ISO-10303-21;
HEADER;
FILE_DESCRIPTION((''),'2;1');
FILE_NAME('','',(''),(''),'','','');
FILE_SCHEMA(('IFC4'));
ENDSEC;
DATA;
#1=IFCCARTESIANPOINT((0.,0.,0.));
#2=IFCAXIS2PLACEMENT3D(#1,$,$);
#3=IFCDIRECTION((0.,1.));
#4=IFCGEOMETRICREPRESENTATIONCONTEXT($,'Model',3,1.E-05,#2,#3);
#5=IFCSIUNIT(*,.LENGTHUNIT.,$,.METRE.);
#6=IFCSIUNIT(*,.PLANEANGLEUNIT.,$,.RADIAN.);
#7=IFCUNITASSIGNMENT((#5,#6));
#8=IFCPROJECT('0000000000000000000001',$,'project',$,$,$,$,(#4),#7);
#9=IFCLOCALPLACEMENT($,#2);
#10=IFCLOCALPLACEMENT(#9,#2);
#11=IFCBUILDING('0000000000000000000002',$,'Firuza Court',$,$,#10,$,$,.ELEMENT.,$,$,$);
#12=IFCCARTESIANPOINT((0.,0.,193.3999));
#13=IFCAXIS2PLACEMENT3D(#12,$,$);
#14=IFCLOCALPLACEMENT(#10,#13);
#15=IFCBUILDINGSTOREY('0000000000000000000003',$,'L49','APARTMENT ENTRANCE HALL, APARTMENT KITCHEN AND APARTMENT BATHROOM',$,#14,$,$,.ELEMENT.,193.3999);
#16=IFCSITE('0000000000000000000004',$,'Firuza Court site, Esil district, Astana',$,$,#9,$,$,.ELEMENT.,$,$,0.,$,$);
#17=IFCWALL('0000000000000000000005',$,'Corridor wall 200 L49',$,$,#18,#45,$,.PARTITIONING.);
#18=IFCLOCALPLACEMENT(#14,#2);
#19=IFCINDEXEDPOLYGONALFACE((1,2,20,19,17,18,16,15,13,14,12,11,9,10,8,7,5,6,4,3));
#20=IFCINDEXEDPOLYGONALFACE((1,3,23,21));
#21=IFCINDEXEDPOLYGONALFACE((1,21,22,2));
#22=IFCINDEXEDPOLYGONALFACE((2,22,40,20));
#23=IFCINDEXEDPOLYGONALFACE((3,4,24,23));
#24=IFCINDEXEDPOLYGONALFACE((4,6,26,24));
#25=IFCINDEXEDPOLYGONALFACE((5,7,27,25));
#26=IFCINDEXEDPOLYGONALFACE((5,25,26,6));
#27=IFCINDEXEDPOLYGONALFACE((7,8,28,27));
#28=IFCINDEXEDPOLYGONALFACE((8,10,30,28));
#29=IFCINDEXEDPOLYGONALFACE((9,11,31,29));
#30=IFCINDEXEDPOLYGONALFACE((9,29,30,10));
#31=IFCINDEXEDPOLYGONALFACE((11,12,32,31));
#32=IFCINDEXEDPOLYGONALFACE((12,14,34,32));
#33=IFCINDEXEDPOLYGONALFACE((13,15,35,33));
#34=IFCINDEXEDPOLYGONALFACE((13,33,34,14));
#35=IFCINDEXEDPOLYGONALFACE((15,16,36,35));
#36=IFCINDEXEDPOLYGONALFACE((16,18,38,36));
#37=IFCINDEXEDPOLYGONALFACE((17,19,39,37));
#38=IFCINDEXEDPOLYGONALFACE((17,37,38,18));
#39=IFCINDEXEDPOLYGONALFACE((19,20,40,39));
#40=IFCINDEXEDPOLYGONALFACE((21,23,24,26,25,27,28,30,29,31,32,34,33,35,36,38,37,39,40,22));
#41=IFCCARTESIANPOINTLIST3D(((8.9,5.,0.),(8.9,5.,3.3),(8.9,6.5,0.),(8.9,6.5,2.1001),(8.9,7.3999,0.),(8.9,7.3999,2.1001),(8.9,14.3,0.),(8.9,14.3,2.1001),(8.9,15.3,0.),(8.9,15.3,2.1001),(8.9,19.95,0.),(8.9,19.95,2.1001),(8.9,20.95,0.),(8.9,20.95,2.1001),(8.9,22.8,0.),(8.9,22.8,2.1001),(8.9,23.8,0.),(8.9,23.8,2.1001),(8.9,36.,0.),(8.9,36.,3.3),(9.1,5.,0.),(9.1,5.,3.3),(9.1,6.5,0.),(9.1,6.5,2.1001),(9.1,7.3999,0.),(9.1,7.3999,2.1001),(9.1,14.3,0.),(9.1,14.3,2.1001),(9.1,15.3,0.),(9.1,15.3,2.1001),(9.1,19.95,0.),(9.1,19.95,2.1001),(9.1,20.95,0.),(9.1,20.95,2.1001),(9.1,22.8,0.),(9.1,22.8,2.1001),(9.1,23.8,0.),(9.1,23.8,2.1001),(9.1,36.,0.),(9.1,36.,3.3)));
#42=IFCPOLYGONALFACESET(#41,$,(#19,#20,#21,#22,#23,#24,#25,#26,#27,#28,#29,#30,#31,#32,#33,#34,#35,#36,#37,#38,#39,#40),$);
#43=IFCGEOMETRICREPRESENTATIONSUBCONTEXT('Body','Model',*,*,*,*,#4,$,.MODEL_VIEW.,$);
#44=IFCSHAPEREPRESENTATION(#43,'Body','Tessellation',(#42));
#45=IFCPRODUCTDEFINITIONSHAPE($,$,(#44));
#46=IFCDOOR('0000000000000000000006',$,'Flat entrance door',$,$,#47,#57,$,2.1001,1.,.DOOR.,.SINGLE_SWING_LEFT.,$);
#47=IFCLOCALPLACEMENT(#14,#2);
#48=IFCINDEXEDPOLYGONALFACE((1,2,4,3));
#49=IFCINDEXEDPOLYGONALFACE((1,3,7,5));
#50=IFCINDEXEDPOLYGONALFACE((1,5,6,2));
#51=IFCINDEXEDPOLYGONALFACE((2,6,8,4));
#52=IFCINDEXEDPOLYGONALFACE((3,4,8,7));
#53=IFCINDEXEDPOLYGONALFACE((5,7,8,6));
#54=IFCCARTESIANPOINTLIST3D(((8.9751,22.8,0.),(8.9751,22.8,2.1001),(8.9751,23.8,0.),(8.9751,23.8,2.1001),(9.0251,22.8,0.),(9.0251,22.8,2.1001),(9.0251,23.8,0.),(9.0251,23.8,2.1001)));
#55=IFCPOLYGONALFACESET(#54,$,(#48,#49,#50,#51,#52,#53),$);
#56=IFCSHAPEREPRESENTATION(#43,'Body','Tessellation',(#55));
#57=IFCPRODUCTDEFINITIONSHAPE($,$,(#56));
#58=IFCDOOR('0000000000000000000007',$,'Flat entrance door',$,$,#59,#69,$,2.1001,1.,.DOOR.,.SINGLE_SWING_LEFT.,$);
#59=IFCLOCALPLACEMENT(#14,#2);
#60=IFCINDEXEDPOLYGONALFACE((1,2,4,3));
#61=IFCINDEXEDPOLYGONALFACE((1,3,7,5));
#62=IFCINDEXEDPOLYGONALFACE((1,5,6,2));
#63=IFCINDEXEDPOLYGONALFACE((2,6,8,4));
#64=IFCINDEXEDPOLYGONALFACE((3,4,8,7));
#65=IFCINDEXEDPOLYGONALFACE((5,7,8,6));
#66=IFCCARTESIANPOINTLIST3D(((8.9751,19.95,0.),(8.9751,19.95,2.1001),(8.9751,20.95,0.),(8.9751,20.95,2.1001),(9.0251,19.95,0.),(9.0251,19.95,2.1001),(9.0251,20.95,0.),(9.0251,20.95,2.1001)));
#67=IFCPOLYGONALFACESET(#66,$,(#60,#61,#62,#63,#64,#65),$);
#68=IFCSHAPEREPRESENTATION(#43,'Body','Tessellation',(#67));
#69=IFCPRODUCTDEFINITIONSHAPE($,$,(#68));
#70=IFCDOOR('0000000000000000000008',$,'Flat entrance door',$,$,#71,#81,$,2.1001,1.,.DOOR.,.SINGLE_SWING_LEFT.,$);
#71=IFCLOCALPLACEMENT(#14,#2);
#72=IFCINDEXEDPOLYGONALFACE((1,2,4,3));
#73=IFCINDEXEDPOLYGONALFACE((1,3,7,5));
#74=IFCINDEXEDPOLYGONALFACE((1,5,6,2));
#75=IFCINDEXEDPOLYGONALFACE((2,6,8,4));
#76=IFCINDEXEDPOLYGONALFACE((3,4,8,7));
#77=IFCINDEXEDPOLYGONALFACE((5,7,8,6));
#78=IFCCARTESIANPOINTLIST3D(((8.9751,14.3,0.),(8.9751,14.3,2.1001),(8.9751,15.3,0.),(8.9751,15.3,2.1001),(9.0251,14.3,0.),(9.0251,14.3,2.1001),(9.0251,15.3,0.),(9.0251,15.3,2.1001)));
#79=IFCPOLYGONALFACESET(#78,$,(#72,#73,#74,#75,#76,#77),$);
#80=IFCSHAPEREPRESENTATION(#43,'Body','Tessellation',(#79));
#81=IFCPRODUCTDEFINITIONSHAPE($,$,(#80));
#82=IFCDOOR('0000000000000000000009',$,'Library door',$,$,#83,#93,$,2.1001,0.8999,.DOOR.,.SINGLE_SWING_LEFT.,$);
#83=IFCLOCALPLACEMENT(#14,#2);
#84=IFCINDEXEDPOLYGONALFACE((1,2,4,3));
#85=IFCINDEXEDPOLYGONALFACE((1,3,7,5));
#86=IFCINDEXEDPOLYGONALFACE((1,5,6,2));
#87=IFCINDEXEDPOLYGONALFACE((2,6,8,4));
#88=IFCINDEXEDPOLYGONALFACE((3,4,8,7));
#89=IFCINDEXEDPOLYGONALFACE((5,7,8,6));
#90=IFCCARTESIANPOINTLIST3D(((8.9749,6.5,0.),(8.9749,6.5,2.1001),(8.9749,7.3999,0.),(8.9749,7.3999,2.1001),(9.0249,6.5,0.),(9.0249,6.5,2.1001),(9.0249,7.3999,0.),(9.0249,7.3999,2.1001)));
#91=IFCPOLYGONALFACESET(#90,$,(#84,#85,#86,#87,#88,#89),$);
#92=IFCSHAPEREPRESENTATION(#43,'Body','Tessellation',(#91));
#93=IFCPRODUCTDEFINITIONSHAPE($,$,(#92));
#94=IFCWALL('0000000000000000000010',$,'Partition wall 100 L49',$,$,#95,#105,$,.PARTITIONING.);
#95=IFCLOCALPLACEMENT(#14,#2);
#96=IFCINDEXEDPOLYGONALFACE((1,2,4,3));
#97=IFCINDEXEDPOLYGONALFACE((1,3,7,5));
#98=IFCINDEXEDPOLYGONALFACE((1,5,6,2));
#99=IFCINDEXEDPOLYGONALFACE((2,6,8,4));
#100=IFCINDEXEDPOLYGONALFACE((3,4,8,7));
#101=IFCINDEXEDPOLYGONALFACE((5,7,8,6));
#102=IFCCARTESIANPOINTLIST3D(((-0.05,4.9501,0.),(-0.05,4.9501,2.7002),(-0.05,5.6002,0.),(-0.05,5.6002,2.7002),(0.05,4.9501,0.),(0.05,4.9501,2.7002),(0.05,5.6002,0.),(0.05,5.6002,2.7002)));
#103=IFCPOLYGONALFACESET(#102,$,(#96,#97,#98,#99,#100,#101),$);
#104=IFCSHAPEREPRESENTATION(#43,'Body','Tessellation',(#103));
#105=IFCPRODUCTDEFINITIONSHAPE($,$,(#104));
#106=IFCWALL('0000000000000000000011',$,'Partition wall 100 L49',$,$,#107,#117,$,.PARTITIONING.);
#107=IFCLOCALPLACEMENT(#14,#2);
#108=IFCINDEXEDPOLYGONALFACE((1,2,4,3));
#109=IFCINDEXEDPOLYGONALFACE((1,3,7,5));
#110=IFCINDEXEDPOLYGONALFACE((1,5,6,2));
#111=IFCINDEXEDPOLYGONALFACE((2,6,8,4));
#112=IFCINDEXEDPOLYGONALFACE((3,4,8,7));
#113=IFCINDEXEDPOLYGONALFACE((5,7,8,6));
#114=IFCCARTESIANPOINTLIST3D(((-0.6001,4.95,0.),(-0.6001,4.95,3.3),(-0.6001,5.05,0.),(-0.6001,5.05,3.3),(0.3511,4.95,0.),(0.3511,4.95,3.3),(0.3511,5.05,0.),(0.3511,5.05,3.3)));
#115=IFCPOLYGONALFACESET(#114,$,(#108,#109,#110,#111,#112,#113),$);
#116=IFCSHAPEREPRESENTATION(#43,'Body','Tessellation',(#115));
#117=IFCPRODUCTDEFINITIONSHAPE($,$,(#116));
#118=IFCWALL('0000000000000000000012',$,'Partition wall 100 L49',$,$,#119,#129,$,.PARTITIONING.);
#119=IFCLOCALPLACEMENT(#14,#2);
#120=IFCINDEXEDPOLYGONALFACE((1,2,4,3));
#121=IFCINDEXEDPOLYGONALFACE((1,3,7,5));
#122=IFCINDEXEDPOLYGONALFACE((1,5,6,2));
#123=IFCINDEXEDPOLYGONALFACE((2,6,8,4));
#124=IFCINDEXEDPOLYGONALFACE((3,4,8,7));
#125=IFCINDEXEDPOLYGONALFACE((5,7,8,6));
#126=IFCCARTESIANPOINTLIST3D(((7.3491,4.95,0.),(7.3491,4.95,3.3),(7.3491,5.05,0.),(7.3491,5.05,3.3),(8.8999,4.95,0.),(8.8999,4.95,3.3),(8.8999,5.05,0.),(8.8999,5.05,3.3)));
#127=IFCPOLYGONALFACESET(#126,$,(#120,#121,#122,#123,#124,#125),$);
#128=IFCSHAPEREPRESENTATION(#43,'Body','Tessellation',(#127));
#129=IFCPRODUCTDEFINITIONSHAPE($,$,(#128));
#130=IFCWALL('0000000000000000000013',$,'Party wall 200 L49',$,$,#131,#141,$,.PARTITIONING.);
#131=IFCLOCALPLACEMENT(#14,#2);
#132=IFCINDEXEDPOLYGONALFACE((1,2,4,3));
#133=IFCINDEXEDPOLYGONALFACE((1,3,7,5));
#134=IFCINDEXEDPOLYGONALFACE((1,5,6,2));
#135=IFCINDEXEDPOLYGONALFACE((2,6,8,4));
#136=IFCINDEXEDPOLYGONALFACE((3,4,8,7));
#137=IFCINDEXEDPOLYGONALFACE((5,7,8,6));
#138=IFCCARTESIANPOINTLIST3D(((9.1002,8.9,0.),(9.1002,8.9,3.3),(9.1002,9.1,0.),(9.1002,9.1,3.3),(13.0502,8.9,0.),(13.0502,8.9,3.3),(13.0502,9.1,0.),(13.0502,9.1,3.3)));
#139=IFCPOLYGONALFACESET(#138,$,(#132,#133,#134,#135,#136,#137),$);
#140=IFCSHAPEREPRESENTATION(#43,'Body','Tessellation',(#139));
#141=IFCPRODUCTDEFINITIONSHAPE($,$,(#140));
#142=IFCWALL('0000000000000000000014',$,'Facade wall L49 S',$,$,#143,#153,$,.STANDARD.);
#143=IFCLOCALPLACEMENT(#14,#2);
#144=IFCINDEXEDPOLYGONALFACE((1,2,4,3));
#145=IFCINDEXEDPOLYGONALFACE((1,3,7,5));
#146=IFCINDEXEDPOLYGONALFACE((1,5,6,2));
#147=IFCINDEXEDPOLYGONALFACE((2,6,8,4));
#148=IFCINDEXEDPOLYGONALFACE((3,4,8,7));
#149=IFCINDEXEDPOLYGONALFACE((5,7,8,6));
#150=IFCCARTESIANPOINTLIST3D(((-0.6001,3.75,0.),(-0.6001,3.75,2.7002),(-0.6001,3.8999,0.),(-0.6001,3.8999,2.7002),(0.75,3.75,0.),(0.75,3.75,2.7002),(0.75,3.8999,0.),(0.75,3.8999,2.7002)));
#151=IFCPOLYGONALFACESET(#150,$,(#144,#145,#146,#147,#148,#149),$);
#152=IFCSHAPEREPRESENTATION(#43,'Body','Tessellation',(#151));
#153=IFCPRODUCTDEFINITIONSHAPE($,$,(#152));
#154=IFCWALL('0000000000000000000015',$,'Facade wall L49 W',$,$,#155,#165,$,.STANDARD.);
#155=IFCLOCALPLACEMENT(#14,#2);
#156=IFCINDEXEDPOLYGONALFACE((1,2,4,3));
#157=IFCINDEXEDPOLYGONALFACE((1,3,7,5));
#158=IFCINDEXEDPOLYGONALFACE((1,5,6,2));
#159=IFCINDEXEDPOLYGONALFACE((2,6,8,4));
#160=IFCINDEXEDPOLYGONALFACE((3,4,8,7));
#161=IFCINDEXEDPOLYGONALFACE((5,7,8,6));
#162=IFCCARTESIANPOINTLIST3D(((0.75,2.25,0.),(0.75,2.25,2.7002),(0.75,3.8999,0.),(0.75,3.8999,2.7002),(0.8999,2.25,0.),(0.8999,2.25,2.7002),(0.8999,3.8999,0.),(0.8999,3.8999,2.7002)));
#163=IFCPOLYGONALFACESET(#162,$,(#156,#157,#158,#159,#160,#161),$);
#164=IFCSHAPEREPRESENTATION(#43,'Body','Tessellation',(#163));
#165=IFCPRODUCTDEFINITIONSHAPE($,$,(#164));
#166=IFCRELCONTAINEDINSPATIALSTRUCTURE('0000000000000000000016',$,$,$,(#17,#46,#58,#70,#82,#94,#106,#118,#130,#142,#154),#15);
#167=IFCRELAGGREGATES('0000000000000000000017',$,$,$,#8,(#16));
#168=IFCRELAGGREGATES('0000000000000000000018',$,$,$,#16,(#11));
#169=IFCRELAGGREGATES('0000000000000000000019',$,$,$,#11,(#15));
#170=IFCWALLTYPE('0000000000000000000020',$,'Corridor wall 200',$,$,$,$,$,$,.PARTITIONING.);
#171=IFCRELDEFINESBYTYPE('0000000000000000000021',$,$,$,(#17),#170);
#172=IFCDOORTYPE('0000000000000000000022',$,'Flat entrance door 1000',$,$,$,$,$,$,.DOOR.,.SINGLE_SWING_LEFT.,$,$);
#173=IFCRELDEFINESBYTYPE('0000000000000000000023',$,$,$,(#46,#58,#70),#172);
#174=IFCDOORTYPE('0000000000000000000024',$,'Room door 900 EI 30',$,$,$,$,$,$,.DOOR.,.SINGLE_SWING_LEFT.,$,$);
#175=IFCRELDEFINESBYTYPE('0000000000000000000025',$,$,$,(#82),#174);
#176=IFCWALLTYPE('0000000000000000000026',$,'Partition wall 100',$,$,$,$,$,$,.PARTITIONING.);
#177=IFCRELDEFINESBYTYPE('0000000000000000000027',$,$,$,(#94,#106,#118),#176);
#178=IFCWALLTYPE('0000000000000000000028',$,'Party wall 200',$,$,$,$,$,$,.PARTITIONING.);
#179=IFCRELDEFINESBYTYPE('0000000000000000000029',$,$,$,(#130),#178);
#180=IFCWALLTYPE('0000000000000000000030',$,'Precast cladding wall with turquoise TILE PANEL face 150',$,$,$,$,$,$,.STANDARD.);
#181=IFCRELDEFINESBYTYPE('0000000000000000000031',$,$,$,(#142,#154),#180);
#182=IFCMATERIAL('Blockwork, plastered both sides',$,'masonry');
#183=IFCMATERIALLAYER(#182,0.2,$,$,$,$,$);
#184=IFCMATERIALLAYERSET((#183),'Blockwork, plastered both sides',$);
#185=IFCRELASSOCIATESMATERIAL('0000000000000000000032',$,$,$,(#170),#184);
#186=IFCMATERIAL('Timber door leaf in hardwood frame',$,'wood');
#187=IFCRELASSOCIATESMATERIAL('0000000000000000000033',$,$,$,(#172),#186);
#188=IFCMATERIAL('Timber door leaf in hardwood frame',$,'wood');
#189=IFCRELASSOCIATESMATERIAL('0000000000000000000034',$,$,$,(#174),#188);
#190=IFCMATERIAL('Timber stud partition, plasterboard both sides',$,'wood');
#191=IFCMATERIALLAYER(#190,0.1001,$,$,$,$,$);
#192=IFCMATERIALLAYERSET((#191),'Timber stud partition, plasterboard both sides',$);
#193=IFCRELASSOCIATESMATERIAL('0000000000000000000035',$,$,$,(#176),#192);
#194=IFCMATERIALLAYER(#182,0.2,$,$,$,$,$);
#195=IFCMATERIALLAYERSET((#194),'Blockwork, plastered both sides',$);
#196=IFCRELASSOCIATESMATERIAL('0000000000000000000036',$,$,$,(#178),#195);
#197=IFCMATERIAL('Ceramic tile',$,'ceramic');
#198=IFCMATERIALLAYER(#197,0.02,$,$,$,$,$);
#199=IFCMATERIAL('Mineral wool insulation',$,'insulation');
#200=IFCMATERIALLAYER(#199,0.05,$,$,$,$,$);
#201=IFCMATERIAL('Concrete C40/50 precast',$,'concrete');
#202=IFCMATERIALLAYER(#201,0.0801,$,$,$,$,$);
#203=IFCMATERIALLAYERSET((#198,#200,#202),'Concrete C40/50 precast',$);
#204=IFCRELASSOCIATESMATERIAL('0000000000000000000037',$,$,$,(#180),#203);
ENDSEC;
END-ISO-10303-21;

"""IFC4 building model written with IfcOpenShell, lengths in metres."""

from ifc_helpers import new_model, si_unit, direction, frame, frame_2d, origin, place, context, subcontext, project, spatial, rectangle, extrude, material, layer, layer_set, type_object, element, fill, save


model = new_model("IFC4")

# Units and contexts
model_context = context("Model", 3, precision=1e-05, world=origin(), true_north=direction((0.0, 1.0)))
body_context = subcontext(model_context, "Body", "Model", "MODEL_VIEW")
ifc_project = project(units=[si_unit("LENGTHUNIT", "METRE"), si_unit("PLANEANGLEUNIT", "RADIAN")], contexts=[model_context])

# Site, building, storey
site_placement = place(None, origin())
site = spatial("IfcSite", under=ifc_project, at=site_placement, Name="Firuza Court site, Esil district, Astana", CompositionType="ELEMENT", RefElevation=0.0)
building_placement = place(site_placement, origin())
building = spatial("IfcBuilding", under=site, at=building_placement, Name="Firuza Court", CompositionType="ELEMENT")
storey_placement = place(building_placement, frame((0.0, 0.0, 193.3999)))
storey = spatial("IfcBuildingStorey", under=building, at=storey_placement, Name="L49", Description="APARTMENT ENTRANCE HALL, APARTMENT KITCHEN AND APARTMENT BATHROOM", CompositionType="ELEMENT", Elevation=193.3999)

# Wall, openings, doors
ifc_material_1 = material(Name="Blockwork, plastered both sides", Category="masonry")
ifc_layer_1 = layer(ifc_material_1, 0.2)
ifc_layer_set_1 = layer_set([ifc_layer_1], Name="Blockwork, plastered both sides")
wall_type_1 = type_object("IfcWallType", Name="Corridor wall 200", PredefinedType="PARTITIONING", material=ifc_layer_set_1)
wall_1_placement = place(storey_placement, frame((9.0, 5.0, 0.0), z_axis=(0.0, 0.0, 1.0), x_axis=(0.0, 1.0, 0.0)))
wall_1 = element("IfcWall", 1, at=wall_1_placement, inside=storey, type_object=wall_type_1, Name="Corridor wall 200 L49", PredefinedType="PARTITIONING", context=body_context, shape_type="SweptSolid", body=[
    extrude(rectangle(XDim=31.0, YDim=0.2, at=frame_2d((15.5, 0.0))), origin(), (0.0, 0.0, 1.0), 3.3),
])
opening_1_placement = place(wall_1_placement, frame((17.8, 0.0, 0.0)))
opening_1 = element("IfcOpeningElement", 2, at=opening_1_placement, cuts=wall_1, PredefinedType="OPENING", context=body_context, shape_type="SweptSolid", body=[
    extrude(rectangle(XDim=1.0, YDim=2.1001, at=frame_2d((0.5, 1.05))), frame((0.0, 0.1118, 0.0), z_axis=(0.0, -1.0, 0.0), x_axis=(1.0, 0.0, 0.0)), (0.0, 0.0, 1.0), 0.2239),
])
opening_2_placement = place(wall_1_placement, frame((14.95, 0.0, 0.0)))
opening_2 = element("IfcOpeningElement", 3, at=opening_2_placement, cuts=wall_1, PredefinedType="OPENING", context=body_context, shape_type="SweptSolid", body=[
    extrude(rectangle(XDim=1.0, YDim=2.1001, at=frame_2d((0.5, 1.05))), frame((0.0, 0.1118, 0.0), z_axis=(0.0, -1.0, 0.0), x_axis=(1.0, 0.0, 0.0)), (0.0, 0.0, 1.0), 0.2239),
])
opening_3_placement = place(wall_1_placement, frame((9.3, 0.0, 0.0)))
opening_3 = element("IfcOpeningElement", 4, at=opening_3_placement, cuts=wall_1, PredefinedType="OPENING", context=body_context, shape_type="SweptSolid", body=[
    extrude(rectangle(XDim=1.0, YDim=2.1001, at=frame_2d((0.5, 1.05))), frame((0.0, 0.1118, 0.0), z_axis=(0.0, -1.0, 0.0), x_axis=(1.0, 0.0, 0.0)), (0.0, 0.0, 1.0), 0.2239),
])
opening_4_placement = place(wall_1_placement, frame((1.5, 0.0, 0.0)))
opening_4 = element("IfcOpeningElement", 5, at=opening_4_placement, cuts=wall_1, PredefinedType="OPENING", context=body_context, shape_type="SweptSolid", body=[
    extrude(rectangle(XDim=0.8999, YDim=2.1001, at=frame_2d((0.45, 1.05))), frame((0.0, 0.1118, 0.0), z_axis=(0.0, -1.0, 0.0), x_axis=(1.0, 0.0, 0.0)), (0.0, 0.0, 1.0), 0.2239),
])
ifc_material_2 = material(Name="Timber door leaf in hardwood frame", Category="wood")
door_type_1 = type_object("IfcDoorType", Name="Flat entrance door 1000", OperationType="SINGLE_SWING_LEFT", PredefinedType="DOOR", material=ifc_material_2)
door_1_placement = place(opening_1_placement, origin())
door_1 = element("IfcDoor", 6, at=door_1_placement, inside=storey, type_object=door_type_1, Name="Flat entrance door", OperationType="SINGLE_SWING_LEFT", OverallHeight=2.1001, OverallWidth=1.0, PredefinedType="DOOR", context=body_context, shape_type="SweptSolid", body=[
    extrude(rectangle(XDim=1.0, YDim=2.1001, at=frame_2d((0.5, 1.05))), frame((0.0, 0.0249, 0.0), z_axis=(0.0, -1.0, 0.0), x_axis=(1.0, 0.0, 0.0)), (0.0, 0.0, 1.0), 0.05),
])
fill(opening_1, door_1)
door_2_placement = place(opening_2_placement, origin())
door_2 = element("IfcDoor", 7, at=door_2_placement, inside=storey, type_object=door_type_1, Name="Flat entrance door", OperationType="SINGLE_SWING_LEFT", OverallHeight=2.1001, OverallWidth=1.0, PredefinedType="DOOR", context=body_context, shape_type="SweptSolid", body=[
    extrude(rectangle(XDim=1.0, YDim=2.1001, at=frame_2d((0.5, 1.05))), frame((0.0, 0.0249, 0.0), z_axis=(0.0, -1.0, 0.0), x_axis=(1.0, 0.0, 0.0)), (0.0, 0.0, 1.0), 0.05),
])
fill(opening_2, door_2)
door_3_placement = place(opening_3_placement, origin())
door_3 = element("IfcDoor", 8, at=door_3_placement, inside=storey, type_object=door_type_1, Name="Flat entrance door", OperationType="SINGLE_SWING_LEFT", OverallHeight=2.1001, OverallWidth=1.0, PredefinedType="DOOR", context=body_context, shape_type="SweptSolid", body=[
    extrude(rectangle(XDim=1.0, YDim=2.1001, at=frame_2d((0.5, 1.05))), frame((0.0, 0.0249, 0.0), z_axis=(0.0, -1.0, 0.0), x_axis=(1.0, 0.0, 0.0)), (0.0, 0.0, 1.0), 0.05),
])
fill(opening_3, door_3)
ifc_material_3 = material(Name="Timber door leaf in hardwood frame", Category="wood")
door_type_2 = type_object("IfcDoorType", Name="Room door 900 EI 30", OperationType="SINGLE_SWING_LEFT", PredefinedType="DOOR", material=ifc_material_3)
door_4_placement = place(opening_4_placement, frame((0.8999, 0.0, 0.0), z_axis=(0.0, 0.0, 1.0), x_axis=(-1.0, 0.0, 0.0)))
door_4 = element("IfcDoor", 9, at=door_4_placement, inside=storey, type_object=door_type_2, Name="Library door", OperationType="SINGLE_SWING_LEFT", OverallHeight=2.1001, OverallWidth=0.8999, PredefinedType="DOOR", context=body_context, shape_type="SweptSolid", body=[
    extrude(rectangle(XDim=0.8999, YDim=2.1001, at=frame_2d((0.45, 1.05))), frame((0.0, 0.0249, 0.0), z_axis=(0.0, -1.0, 0.0), x_axis=(1.0, 0.0, 0.0)), (0.0, 0.0, 1.0), 0.05),
])
fill(opening_4, door_4)

# Walls
ifc_material_4 = material(Name="Timber stud partition, plasterboard both sides", Category="wood")
ifc_layer_2 = layer(ifc_material_4, 0.1001)
ifc_layer_set_2 = layer_set([ifc_layer_2], Name="Timber stud partition, plasterboard both sides")
wall_type_2 = type_object("IfcWallType", Name="Partition wall 100", PredefinedType="PARTITIONING", material=ifc_layer_set_2)
wall_2_placement = place(storey_placement, frame((0.0, 4.95, 0.0), z_axis=(0.0, 0.0, 1.0), x_axis=(0.0, 1.0, 0.0)))
element("IfcWall", 10, at=wall_2_placement, inside=storey, type_object=wall_type_2, Name="Partition wall 100 L49", PredefinedType="PARTITIONING", context=body_context, shape_type="SweptSolid", body=[
    extrude(rectangle(XDim=0.6501, YDim=0.1001, at=frame_2d((0.3252, 0.0))), origin(), (0.0, 0.0, 1.0), 2.7002),
])
wall_3_placement = place(storey_placement, frame((-0.6001, 5.0, 0.0), z_axis=(0.0, 0.0, 1.0), x_axis=(1.0, 0.0, 0.0)))
element("IfcWall", 11, at=wall_3_placement, inside=storey, type_object=wall_type_2, Name="Partition wall 100 L49", PredefinedType="PARTITIONING", context=body_context, shape_type="SweptSolid", body=[
    extrude(rectangle(XDim=0.9512, YDim=0.1001, at=frame_2d((0.4756, 0.0))), origin(), (0.0, 0.0, 1.0), 3.3),
])
wall_4_placement = place(storey_placement, frame((7.3491, 5.0, 0.0), z_axis=(0.0, 0.0, 1.0), x_axis=(1.0, 0.0, 0.0)))
element("IfcWall", 12, at=wall_4_placement, inside=storey, type_object=wall_type_2, Name="Partition wall 100 L49", PredefinedType="PARTITIONING", context=body_context, shape_type="SweptSolid", body=[
    extrude(rectangle(XDim=1.5508, YDim=0.1001, at=frame_2d((0.7754, 0.0))), origin(), (0.0, 0.0, 1.0), 3.3),
])
ifc_layer_3 = layer(ifc_material_1, 0.2)
ifc_layer_set_3 = layer_set([ifc_layer_3], Name="Blockwork, plastered both sides")
wall_type_3 = type_object("IfcWallType", Name="Party wall 200", PredefinedType="PARTITIONING", material=ifc_layer_set_3)
wall_5_placement = place(storey_placement, frame((9.1001, 9.0, 0.0), z_axis=(0.0, 0.0, 1.0), x_axis=(1.0, 0.0, 0.0)))
element("IfcWall", 13, at=wall_5_placement, inside=storey, type_object=wall_type_3, Name="Party wall 200 L49", PredefinedType="PARTITIONING", context=body_context, shape_type="SweptSolid", body=[
    extrude(rectangle(XDim=3.95, YDim=0.2, at=frame_2d((1.9751, 0.0))), origin(), (0.0, 0.0, 1.0), 3.3),
])
ifc_material_5 = material(Name="Ceramic tile", Category="ceramic")
ifc_layer_4 = layer(ifc_material_5, 0.02)
ifc_material_6 = material(Name="Mineral wool insulation", Category="insulation")
ifc_layer_5 = layer(ifc_material_6, 0.05)
ifc_material_7 = material(Name="Concrete C40/50 precast", Category="concrete")
ifc_layer_6 = layer(ifc_material_7, 0.0801)
ifc_layer_set_4 = layer_set([ifc_layer_4, ifc_layer_5, ifc_layer_6], Name="Concrete C40/50 precast")
wall_type_4 = type_object("IfcWallType", Name="Precast cladding wall with turquoise TILE PANEL face 150", PredefinedType="STANDARD", material=ifc_layer_set_4)
wall_6_placement = place(storey_placement, frame((-0.6001, 3.825, 0.0), z_axis=(0.0, 0.0, 1.0), x_axis=(1.0, 0.0, 0.0)))
element("IfcWall", 14, at=wall_6_placement, inside=storey, type_object=wall_type_4, Name="Facade wall L49 S", PredefinedType="STANDARD", context=body_context, shape_type="SweptSolid", body=[
    extrude(rectangle(XDim=1.3501, YDim=0.1499, at=frame_2d((0.675, 0.0))), origin(), (0.0, 0.0, 1.0), 2.7002),
])
wall_7_placement = place(storey_placement, frame((0.825, 3.8999, 0.0), z_axis=(0.0, 0.0, 1.0), x_axis=(0.0, -1.0, 0.0)))
element("IfcWall", 15, at=wall_7_placement, inside=storey, type_object=wall_type_4, Name="Facade wall L49 W", PredefinedType="STANDARD", context=body_context, shape_type="SweptSolid", body=[
    extrude(rectangle(XDim=1.6499, YDim=0.1499, at=frame_2d((0.825, 0.0))), origin(), (0.0, 0.0, 1.0), 2.7002),
])

save(model, "model.ifc")
